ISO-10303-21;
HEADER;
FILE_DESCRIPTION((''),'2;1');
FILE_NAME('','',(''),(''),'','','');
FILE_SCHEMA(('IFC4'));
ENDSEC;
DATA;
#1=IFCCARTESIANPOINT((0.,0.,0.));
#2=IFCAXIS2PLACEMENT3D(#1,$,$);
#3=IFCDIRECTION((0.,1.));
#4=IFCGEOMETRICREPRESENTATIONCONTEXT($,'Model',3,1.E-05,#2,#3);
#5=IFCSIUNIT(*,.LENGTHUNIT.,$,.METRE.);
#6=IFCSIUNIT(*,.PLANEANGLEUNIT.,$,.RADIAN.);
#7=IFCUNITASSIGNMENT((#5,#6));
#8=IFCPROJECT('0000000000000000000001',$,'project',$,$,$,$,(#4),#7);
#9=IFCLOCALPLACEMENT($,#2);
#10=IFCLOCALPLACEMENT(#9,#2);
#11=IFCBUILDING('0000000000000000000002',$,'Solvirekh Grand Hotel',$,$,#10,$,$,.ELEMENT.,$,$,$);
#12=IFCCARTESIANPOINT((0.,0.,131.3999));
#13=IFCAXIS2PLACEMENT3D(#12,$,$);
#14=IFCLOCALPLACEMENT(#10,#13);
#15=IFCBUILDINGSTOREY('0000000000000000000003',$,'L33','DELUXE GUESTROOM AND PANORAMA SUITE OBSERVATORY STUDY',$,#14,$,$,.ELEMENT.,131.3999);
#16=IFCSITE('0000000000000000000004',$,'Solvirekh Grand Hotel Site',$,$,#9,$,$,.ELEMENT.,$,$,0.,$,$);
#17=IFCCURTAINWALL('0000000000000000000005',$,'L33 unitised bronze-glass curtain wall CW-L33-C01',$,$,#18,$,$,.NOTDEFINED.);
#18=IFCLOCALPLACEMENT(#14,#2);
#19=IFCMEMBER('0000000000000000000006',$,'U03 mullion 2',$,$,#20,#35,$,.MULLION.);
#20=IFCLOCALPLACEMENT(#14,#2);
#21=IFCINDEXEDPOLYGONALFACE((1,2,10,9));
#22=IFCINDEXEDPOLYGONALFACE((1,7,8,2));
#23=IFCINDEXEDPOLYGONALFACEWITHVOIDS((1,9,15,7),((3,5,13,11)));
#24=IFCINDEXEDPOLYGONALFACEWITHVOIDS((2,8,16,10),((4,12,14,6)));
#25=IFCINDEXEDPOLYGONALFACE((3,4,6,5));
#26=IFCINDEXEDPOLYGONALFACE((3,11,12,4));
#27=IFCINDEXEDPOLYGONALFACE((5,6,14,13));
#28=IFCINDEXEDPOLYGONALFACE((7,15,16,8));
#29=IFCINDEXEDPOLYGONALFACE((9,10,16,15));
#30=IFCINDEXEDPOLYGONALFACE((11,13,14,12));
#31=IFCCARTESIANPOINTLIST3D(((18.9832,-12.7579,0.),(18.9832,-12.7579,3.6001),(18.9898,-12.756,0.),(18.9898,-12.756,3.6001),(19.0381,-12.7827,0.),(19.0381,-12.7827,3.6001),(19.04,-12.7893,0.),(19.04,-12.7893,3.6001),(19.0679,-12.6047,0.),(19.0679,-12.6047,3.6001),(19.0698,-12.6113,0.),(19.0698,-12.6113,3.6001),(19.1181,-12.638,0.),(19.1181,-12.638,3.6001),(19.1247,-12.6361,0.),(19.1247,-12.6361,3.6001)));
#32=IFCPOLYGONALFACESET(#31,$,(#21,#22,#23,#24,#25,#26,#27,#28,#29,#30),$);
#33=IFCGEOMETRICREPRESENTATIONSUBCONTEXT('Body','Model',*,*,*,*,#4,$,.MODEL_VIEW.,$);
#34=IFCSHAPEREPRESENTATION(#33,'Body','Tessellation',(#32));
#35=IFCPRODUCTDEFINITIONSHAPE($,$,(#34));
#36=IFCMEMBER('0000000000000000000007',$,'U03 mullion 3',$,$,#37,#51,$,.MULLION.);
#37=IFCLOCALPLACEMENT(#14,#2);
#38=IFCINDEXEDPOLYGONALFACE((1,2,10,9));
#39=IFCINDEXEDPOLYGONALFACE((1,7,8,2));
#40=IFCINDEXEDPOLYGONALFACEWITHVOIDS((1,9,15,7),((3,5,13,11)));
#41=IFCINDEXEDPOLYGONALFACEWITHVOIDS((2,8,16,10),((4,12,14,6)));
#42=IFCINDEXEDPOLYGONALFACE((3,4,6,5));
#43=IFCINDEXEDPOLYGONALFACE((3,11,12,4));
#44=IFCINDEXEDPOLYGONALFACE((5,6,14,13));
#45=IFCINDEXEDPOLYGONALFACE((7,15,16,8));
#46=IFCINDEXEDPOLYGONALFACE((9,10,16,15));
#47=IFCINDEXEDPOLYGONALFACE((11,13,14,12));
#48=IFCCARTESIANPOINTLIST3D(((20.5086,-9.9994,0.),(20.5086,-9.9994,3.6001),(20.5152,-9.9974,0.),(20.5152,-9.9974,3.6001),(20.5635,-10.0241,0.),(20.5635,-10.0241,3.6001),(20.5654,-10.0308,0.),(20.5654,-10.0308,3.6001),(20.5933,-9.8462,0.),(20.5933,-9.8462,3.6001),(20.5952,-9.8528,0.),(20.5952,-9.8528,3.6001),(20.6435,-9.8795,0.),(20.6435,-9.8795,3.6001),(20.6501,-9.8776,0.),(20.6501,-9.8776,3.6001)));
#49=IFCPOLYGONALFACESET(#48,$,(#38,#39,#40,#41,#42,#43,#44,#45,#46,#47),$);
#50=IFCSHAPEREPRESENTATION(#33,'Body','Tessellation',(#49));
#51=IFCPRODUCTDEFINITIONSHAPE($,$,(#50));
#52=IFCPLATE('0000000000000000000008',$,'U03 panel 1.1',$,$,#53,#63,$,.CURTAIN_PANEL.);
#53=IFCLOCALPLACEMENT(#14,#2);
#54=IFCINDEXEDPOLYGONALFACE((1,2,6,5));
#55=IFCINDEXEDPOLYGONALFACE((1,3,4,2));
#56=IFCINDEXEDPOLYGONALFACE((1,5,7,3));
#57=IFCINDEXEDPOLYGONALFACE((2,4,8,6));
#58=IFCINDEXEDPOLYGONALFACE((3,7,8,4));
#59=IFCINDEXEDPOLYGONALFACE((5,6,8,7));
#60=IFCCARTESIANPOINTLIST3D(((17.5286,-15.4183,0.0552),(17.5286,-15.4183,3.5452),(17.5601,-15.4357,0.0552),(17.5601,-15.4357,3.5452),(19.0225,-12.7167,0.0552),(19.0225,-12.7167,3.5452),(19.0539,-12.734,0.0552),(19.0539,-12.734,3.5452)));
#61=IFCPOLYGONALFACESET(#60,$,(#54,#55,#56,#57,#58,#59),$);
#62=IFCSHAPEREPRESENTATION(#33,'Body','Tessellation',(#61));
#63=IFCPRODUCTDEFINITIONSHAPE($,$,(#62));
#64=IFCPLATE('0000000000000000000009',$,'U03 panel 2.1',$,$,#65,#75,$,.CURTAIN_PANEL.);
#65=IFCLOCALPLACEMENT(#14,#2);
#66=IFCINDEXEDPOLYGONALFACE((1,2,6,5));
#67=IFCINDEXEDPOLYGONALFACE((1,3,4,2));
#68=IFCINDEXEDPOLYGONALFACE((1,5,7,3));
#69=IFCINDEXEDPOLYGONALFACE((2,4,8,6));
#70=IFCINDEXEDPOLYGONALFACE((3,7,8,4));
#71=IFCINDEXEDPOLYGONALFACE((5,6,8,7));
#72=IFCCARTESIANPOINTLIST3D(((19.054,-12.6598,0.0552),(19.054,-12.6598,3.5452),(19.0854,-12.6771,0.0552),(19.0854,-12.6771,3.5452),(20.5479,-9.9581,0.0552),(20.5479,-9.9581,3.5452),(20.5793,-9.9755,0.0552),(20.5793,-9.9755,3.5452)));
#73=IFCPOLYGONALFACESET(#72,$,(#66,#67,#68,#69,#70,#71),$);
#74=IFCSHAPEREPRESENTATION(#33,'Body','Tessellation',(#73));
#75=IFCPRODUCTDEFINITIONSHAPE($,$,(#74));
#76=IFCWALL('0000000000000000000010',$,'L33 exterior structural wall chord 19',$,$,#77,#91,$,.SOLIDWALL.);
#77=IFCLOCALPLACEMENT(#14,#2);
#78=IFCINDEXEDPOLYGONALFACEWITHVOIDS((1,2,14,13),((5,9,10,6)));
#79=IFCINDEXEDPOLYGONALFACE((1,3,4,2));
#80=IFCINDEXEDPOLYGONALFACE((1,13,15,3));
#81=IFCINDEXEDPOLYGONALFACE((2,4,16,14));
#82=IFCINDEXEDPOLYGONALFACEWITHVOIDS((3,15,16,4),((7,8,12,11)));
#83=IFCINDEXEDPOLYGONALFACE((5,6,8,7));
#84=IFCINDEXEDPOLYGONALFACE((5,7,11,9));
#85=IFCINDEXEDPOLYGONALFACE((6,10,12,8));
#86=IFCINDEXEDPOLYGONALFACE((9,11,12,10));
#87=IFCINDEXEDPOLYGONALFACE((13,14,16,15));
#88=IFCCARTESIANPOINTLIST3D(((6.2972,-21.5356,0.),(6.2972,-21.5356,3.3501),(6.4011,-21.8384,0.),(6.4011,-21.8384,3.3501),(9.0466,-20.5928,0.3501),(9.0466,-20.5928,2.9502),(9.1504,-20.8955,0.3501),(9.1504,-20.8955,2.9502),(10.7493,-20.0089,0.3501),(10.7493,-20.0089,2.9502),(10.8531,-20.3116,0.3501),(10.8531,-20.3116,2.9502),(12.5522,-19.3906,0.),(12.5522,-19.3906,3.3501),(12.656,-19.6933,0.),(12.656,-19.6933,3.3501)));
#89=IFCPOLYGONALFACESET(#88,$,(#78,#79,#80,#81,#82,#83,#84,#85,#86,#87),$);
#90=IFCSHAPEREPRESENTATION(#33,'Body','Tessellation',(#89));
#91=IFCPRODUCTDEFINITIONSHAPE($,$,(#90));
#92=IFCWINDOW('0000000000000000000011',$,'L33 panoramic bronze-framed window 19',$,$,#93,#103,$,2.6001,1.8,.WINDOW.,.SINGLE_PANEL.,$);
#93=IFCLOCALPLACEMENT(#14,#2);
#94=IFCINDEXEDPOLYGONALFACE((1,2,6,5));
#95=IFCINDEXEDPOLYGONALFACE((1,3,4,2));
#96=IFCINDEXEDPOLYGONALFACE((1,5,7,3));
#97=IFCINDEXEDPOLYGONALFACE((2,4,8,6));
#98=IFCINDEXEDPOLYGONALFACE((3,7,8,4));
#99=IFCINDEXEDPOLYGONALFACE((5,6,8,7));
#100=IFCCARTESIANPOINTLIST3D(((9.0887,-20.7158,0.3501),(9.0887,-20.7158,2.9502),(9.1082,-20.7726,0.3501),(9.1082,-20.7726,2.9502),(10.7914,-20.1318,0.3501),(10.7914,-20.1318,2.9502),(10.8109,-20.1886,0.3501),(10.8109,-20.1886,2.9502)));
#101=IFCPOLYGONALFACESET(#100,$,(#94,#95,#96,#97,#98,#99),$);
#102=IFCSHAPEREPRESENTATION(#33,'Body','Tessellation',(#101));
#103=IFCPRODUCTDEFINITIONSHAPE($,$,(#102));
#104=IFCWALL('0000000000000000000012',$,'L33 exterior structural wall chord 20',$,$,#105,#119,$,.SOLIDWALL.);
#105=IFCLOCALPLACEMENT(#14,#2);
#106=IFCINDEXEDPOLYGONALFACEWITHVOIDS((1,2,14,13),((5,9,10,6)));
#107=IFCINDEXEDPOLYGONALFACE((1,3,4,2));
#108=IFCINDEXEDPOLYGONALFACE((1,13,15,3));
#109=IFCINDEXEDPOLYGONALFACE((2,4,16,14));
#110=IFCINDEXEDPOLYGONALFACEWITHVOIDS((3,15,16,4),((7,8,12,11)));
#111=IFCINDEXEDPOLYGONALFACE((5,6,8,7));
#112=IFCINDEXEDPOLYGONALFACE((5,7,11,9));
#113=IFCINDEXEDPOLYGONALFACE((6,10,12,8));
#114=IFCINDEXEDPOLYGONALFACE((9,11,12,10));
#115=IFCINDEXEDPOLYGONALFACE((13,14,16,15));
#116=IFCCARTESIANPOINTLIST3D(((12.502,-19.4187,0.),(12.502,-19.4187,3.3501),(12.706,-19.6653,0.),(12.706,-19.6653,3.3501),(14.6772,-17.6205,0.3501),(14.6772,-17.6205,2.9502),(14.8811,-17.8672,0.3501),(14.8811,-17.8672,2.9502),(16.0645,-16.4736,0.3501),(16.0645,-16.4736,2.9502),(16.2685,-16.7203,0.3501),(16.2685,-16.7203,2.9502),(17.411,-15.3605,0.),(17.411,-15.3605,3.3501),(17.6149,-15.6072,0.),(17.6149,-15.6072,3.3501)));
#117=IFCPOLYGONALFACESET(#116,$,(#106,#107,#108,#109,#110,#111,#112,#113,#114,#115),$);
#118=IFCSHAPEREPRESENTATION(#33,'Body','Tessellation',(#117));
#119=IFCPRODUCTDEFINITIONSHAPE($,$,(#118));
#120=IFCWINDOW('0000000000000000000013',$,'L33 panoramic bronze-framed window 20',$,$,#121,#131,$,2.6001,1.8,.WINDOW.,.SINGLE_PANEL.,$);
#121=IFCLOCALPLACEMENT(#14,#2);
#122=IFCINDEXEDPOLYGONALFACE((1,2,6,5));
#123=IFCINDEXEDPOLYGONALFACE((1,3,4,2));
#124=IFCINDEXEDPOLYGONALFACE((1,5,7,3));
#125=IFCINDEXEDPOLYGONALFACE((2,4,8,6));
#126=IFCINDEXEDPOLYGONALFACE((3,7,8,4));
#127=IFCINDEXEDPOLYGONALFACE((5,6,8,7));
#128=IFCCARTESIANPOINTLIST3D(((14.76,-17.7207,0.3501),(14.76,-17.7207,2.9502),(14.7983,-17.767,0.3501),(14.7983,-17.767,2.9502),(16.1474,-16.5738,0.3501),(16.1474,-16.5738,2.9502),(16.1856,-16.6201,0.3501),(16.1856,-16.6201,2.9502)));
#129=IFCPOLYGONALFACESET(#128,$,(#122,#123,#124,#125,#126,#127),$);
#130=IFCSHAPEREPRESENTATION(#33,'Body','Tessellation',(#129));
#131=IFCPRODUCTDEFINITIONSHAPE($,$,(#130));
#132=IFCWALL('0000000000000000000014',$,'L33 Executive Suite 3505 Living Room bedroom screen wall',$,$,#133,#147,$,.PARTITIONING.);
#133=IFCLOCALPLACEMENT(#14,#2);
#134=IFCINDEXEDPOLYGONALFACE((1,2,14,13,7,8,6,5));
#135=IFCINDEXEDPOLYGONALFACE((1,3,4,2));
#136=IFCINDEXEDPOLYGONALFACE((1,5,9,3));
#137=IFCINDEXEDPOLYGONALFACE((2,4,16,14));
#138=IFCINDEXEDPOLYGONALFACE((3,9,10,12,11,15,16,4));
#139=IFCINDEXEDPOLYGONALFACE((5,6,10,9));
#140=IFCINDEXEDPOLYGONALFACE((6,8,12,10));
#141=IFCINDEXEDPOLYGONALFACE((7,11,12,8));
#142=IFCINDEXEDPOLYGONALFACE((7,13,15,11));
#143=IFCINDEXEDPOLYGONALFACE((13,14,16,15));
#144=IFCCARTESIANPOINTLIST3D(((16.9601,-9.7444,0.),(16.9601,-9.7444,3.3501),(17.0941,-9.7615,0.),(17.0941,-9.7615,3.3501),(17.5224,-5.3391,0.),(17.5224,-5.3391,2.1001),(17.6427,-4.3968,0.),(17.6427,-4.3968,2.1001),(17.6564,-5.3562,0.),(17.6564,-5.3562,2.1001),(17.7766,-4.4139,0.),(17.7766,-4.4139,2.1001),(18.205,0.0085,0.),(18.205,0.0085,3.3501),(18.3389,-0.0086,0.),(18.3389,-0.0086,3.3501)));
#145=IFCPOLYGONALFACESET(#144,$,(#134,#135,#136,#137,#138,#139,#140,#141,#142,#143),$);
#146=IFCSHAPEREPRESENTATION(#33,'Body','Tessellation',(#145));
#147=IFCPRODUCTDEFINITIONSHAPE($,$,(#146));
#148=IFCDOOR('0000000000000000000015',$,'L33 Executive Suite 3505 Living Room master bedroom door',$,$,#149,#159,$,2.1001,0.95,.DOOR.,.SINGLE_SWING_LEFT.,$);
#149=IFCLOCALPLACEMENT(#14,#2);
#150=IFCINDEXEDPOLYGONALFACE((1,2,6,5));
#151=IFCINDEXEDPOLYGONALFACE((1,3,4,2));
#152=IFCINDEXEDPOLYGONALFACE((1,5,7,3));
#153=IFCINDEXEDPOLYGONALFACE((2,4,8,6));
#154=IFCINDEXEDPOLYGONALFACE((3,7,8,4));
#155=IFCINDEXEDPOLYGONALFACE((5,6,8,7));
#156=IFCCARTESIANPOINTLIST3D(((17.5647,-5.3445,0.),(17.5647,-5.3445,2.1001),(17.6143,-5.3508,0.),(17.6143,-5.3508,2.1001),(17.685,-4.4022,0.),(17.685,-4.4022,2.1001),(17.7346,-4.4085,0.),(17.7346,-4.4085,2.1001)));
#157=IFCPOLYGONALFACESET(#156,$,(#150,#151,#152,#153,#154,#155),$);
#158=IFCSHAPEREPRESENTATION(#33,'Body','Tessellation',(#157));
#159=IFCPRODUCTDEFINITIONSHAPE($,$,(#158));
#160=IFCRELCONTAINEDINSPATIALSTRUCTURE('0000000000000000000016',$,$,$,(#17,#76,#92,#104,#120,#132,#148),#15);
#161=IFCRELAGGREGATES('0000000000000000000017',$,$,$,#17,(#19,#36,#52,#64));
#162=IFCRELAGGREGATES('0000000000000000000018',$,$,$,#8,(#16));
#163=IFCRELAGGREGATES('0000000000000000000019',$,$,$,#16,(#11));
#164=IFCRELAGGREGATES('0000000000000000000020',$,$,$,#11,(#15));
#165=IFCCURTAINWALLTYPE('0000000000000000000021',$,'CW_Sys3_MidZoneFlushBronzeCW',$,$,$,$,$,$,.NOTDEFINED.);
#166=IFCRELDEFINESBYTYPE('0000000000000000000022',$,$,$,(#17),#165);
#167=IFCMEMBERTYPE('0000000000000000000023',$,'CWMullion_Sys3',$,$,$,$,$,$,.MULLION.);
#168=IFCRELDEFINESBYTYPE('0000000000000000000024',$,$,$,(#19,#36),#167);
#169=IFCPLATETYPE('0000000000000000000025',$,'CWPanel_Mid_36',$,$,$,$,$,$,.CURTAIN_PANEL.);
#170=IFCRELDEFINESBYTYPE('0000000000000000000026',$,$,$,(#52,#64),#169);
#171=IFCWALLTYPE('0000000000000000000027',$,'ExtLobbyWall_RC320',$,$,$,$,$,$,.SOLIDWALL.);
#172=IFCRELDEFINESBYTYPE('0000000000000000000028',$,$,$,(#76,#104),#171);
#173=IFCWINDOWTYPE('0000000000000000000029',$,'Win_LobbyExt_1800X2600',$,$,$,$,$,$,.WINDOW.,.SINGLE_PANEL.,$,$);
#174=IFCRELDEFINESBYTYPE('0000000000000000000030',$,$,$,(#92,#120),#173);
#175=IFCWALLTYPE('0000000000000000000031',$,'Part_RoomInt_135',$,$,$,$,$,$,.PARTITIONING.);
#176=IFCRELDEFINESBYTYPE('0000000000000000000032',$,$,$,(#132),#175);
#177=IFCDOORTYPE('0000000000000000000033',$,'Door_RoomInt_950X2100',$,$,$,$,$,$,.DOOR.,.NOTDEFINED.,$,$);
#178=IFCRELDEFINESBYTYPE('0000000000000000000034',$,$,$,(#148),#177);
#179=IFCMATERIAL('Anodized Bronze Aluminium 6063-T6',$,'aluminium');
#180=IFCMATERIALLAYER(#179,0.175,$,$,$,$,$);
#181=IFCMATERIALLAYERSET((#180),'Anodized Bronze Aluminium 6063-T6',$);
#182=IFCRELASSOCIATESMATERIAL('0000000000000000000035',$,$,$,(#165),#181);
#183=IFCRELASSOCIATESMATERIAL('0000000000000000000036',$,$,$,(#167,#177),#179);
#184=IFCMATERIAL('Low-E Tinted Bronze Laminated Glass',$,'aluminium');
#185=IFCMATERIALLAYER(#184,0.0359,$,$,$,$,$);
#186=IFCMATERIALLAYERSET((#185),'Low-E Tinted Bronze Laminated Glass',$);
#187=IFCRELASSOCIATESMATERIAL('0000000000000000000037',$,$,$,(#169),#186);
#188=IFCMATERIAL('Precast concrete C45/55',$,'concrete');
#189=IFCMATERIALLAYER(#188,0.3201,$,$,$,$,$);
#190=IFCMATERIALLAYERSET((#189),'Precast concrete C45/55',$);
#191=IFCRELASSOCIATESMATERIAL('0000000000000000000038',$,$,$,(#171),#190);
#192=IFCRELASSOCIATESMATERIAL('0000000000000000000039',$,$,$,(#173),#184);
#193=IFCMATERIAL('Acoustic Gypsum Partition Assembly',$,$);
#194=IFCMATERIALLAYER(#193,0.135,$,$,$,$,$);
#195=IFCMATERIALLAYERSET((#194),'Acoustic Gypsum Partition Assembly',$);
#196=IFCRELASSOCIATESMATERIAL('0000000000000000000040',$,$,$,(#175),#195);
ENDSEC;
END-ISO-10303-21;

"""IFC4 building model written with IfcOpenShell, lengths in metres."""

from ifc_helpers import new_model, si_unit, direction, frame, frame_2d, origin, origin_2d, place, context, subcontext, project, spatial, rectangle, hollow_rectangle, extrude, source, transform, mapped, material, layer, layer_set, material_profile, profile_set, type_object, element, fill, aggregate, save


model = new_model("IFC4")

# Units and contexts
model_context = context("Model", 3, precision=1e-05, world=origin(), true_north=direction((0.0, 1.0)))
body_context = subcontext(model_context, "Body", "Model", "MODEL_VIEW")
ifc_project = project(units=[si_unit("LENGTHUNIT", "METRE"), si_unit("PLANEANGLEUNIT", "RADIAN")], contexts=[model_context])

# Site, building, storey
site_placement = place(None, origin())
site = spatial("IfcSite", under=ifc_project, at=site_placement, Name="Solvirekh Grand Hotel Site", CompositionType="ELEMENT", RefElevation=0.0)
building_placement = place(site_placement, origin())
building = spatial("IfcBuilding", under=site, at=building_placement, Name="Solvirekh Grand Hotel", CompositionType="ELEMENT")
storey_placement = place(building_placement, frame((0.0, 0.0, 131.3999)))
storey = spatial("IfcBuildingStorey", under=building, at=storey_placement, Name="L33", Description="DELUXE GUESTROOM AND PANORAMA SUITE OBSERVATORY STUDY", CompositionType="ELEMENT", Elevation=131.3999)

# Curtain wall, members, plates
ifc_material_1 = material(Name="Anodized Bronze Aluminium 6063-T6", Category="aluminium")
ifc_layer_1 = layer(ifc_material_1, 0.175)
ifc_layer_set_1 = layer_set([ifc_layer_1], Name="Anodized Bronze Aluminium 6063-T6")
curtain_wall_type = type_object("IfcCurtainWallType", Name="CW_Sys3_MidZoneFlushBronzeCW", PredefinedType="NOTDEFINED", material=ifc_layer_set_1)
curtain_wall_placement = place(storey_placement, origin())
curtain_wall = element("IfcCurtainWall", 1, at=curtain_wall_placement, inside=storey, type_object=curtain_wall_type, Name="L33 unitised bronze-glass curtain wall CW-L33-C01", PredefinedType="NOTDEFINED")
ifc_material_profile_1 = material_profile(ifc_material_1, hollow_rectangle(XDim=0.0649, YDim=0.175, WallThickness=0.0049, at=origin_2d()), Name="ALU RHS 175X65X5")
ifc_profile_set_1 = profile_set([ifc_material_profile_1], Name="Anodized Bronze Aluminium 6063-T6")
member_type_1 = type_object("IfcMemberType", Name="CWMullion_Sys3", PredefinedType="MULLION", material=ifc_profile_set_1)
shared_shape_1 = source(origin(), body_context, "Body", "SweptSolid", [
    extrude(hollow_rectangle(XDim=0.0649, YDim=0.175, WallThickness=0.0049, at=origin_2d()), origin(), (0.0, 0.0, 1.0), 3.6001),
])
member_1_placement = place(storey_placement, frame((19.054, -12.697, 0.0), z_axis=(0.0, 0.0, 1.0), x_axis=(-0.875133, 0.483882, 0.0)))
member_1 = element("IfcMember", 2, at=member_1_placement, type_object=member_type_1, Name="U03 mullion 2", PredefinedType="MULLION", context=body_context, shape_type="MappedRepresentation", body=[
    mapped(shared_shape_1, transform((0.0, 0.0, 0.0), x_axis=(1.0, 0.0, 0.0), y_axis=(0.0, 1.0, 0.0), z_axis=(0.0, 0.0, 1.0), scale=1.0)),
])
member_2_placement = place(storey_placement, frame((20.5793, -9.9385, 0.0), z_axis=(0.0, 0.0, 1.0), x_axis=(-0.875133, 0.483882, 0.0)))
member_2 = element("IfcMember", 3, at=member_2_placement, type_object=member_type_1, Name="U03 mullion 3", PredefinedType="MULLION", context=body_context, shape_type="MappedRepresentation", body=[
    mapped(shared_shape_1, transform((0.0, 0.0, 0.0), x_axis=(1.0, 0.0, 0.0), y_axis=(0.0, 1.0, 0.0), z_axis=(0.0, 0.0, 1.0), scale=1.0)),
])
ifc_material_2 = material(Name="Low-E Tinted Bronze Laminated Glass", Category="aluminium")
ifc_layer_2 = layer(ifc_material_2, 0.0359)
ifc_layer_set_2 = layer_set([ifc_layer_2], Name="Low-E Tinted Bronze Laminated Glass")
plate_type = type_object("IfcPlateType", Name="CWPanel_Mid_36", PredefinedType="CURTAIN_PANEL", material=ifc_layer_set_2)
shared_shape_2 = source(origin(), body_context, "Body", "SweptSolid", [
    extrude(rectangle(XDim=3.0872, YDim=0.0359, at=origin_2d()), origin(), (0.0, 0.0, 1.0), 3.49),
])
plate_1_placement = place(storey_placement, frame((18.2913, -14.0762, 0.0552), z_axis=(0.0, 0.0, 1.0), x_axis=(0.483882, 0.875133, 0.0)))
plate_1 = element("IfcPlate", 4, at=plate_1_placement, type_object=plate_type, Name="U03 panel 1.1", PredefinedType="CURTAIN_PANEL", context=body_context, shape_type="MappedRepresentation", body=[
    mapped(shared_shape_2, transform((0.0, 0.0, 0.0), x_axis=(1.0, 0.0, 0.0), y_axis=(0.0, 1.0, 0.0), z_axis=(0.0, 0.0, 1.0), scale=1.0)),
])
plate_2_placement = place(storey_placement, frame((19.8167, -11.3176, 0.0552), z_axis=(0.0, 0.0, 1.0), x_axis=(0.483882, 0.875133, 0.0)))
plate_2 = element("IfcPlate", 5, at=plate_2_placement, type_object=plate_type, Name="U03 panel 2.1", PredefinedType="CURTAIN_PANEL", context=body_context, shape_type="MappedRepresentation", body=[
    mapped(shared_shape_2, transform((0.0, 0.0, 0.0), x_axis=(1.0, 0.0, 0.0), y_axis=(0.0, 1.0, 0.0), z_axis=(0.0, 0.0, 1.0), scale=1.0)),
])
aggregate(curtain_wall, [member_1, member_2, plate_1, plate_2])

# Walls, openings, windows
ifc_material_3 = material(Name="Precast concrete C45/55", Category="concrete")
ifc_layer_3 = layer(ifc_material_3, 0.3201)
ifc_layer_set_3 = layer_set([ifc_layer_3], Name="Precast concrete C45/55")
wall_type_1 = type_object("IfcWallType", Name="ExtLobbyWall_RC320", PredefinedType="SOLIDWALL", material=ifc_layer_set_3)
wall_1_placement = place(storey_placement, frame((12.604, -19.542, 0.0), z_axis=(0.0, 0.0, 1.0), x_axis=(-0.945923, -0.32439, 0.0)))
wall_1 = element("IfcWall", 6, at=wall_1_placement, inside=storey, type_object=wall_type_1, Name="L33 exterior structural wall chord 19", PredefinedType="SOLIDWALL", context=body_context, shape_type="SweptSolid", body=[
    extrude(rectangle(XDim=6.6125, YDim=0.3201, at=frame_2d((3.3062, 0.0))), origin(), (0.0, 0.0, 1.0), 3.3501),
])
opening_1_placement = place(wall_1_placement, frame((1.906, 0.0, 0.3501)))
opening_1 = element("IfcOpeningElement", 7, at=opening_1_placement, cuts=wall_1, PredefinedType="OPENING", context=body_context, shape_type="SweptSolid", body=[
    extrude(rectangle(XDim=1.8, YDim=2.6001, at=frame_2d((0.8999, 1.3))), frame((0.0, 0.1699, 0.0), z_axis=(0.0, -1.0, 0.0), x_axis=(1.0, 0.0, 0.0)), (0.0, 0.0, 1.0), 0.3401),
])
window_type = type_object("IfcWindowType", Name="Win_LobbyExt_1800X2600", PartitioningType="SINGLE_PANEL", PredefinedType="WINDOW", material=ifc_material_2)
window_1_placement = place(opening_1_placement, origin())
window_1 = element("IfcWindow", 8, at=window_1_placement, inside=storey, type_object=window_type, Name="L33 panoramic bronze-framed window 19", OverallHeight=2.6001, OverallWidth=1.8, PartitioningType="SINGLE_PANEL", PredefinedType="WINDOW", context=body_context, shape_type="SweptSolid", body=[
    extrude(rectangle(XDim=1.8, YDim=2.6001, at=frame_2d((0.8999, 1.3))), frame((0.0, 0.03, 0.0), z_axis=(0.0, -1.0, 0.0), x_axis=(1.0, 0.0, 0.0)), (0.0, 0.0, 1.0), 0.0601),
])
fill(opening_1, window_1)
wall_2_placement = place(storey_placement, frame((17.5129, -15.4839, 0.0), z_axis=(0.0, 0.0, 1.0), x_axis=(-0.770738, -0.637152, 0.0)))
wall_2 = element("IfcWall", 9, at=wall_2_placement, inside=storey, type_object=wall_type_1, Name="L33 exterior structural wall chord 20", PredefinedType="SOLIDWALL", context=body_context, shape_type="SweptSolid", body=[
    extrude(rectangle(XDim=6.3691, YDim=0.3201, at=frame_2d((3.1846, 0.0))), origin(), (0.0, 0.0, 1.0), 3.3501),
])
opening_2_placement = place(wall_2_placement, frame((1.7471, 0.0, 0.3501)))
opening_2 = element("IfcOpeningElement", 10, at=opening_2_placement, cuts=wall_2, PredefinedType="OPENING", context=body_context, shape_type="SweptSolid", body=[
    extrude(rectangle(XDim=1.8, YDim=2.6001, at=frame_2d((0.8999, 1.3))), frame((0.0, 0.1699, 0.0), z_axis=(0.0, -1.0, 0.0), x_axis=(1.0, 0.0, 0.0)), (0.0, 0.0, 1.0), 0.3401),
])
window_2_placement = place(opening_2_placement, origin())
window_2 = element("IfcWindow", 11, at=window_2_placement, inside=storey, type_object=window_type, Name="L33 panoramic bronze-framed window 20", OverallHeight=2.6001, OverallWidth=1.8, PartitioningType="SINGLE_PANEL", PredefinedType="WINDOW", context=body_context, shape_type="SweptSolid", body=[
    extrude(rectangle(XDim=1.8, YDim=2.6001, at=frame_2d((0.8999, 1.3))), frame((0.0, 0.03, 0.0), z_axis=(0.0, -1.0, 0.0), x_axis=(1.0, 0.0, 0.0)), (0.0, 0.0, 1.0), 0.0601),
])
fill(opening_2, window_2)

# Wall, opening, door
ifc_material_4 = material(Name="Acoustic Gypsum Partition Assembly")
ifc_layer_4 = layer(ifc_material_4, 0.135)
ifc_layer_set_4 = layer_set([ifc_layer_4], Name="Acoustic Gypsum Partition Assembly")
wall_type_2 = type_object("IfcWallType", Name="Part_RoomInt_135", PredefinedType="PARTITIONING", material=ifc_layer_set_4)
wall_3_placement = place(storey_placement, frame((17.0271, -9.7529, 0.0), z_axis=(0.0, 0.0, 1.0), x_axis=(0.126614, 0.991952, 0.0)))
wall_3 = element("IfcWall", 12, at=wall_3_placement, inside=storey, type_object=wall_type_2, Name="L33 Executive Suite 3505 Living Room bedroom screen wall", PredefinedType="PARTITIONING", context=body_context, shape_type="SweptSolid", body=[
    extrude(rectangle(XDim=9.832, YDim=0.135, at=frame_2d((4.916, 0.0))), origin(), (0.0, 0.0, 1.0), 3.3501),
])
opening_3_placement = place(wall_3_placement, frame((4.4409, 0.0, 0.0)))
opening_3 = element("IfcOpeningElement", 13, at=opening_3_placement, cuts=wall_3, PredefinedType="OPENING", context=body_context, shape_type="SweptSolid", body=[
    extrude(rectangle(XDim=0.95, YDim=2.1001, at=frame_2d((0.4751, 1.05))), frame((0.0, 0.0776, 0.0), z_axis=(0.0, -1.0, 0.0), x_axis=(1.0, 0.0, 0.0)), (0.0, 0.0, 1.0), 0.155),
])
door_type = type_object("IfcDoorType", Name="Door_RoomInt_950X2100", OperationType="NOTDEFINED", PredefinedType="DOOR", material=ifc_material_1)
door_placement = place(opening_3_placement, origin())
door = element("IfcDoor", 14, at=door_placement, inside=storey, type_object=door_type, Name="L33 Executive Suite 3505 Living Room master bedroom door", OperationType="SINGLE_SWING_LEFT", OverallHeight=2.1001, OverallWidth=0.95, PredefinedType="DOOR", context=body_context, shape_type="SweptSolid", body=[
    extrude(rectangle(XDim=0.95, YDim=2.1001, at=frame_2d((0.4751, 1.05))), frame((0.0, 0.0249, 0.0), z_axis=(0.0, -1.0, 0.0), x_axis=(1.0, 0.0, 0.0)), (0.0, 0.0, 1.0), 0.05),
])
fill(opening_3, door)

save(model, "model.ifc")
